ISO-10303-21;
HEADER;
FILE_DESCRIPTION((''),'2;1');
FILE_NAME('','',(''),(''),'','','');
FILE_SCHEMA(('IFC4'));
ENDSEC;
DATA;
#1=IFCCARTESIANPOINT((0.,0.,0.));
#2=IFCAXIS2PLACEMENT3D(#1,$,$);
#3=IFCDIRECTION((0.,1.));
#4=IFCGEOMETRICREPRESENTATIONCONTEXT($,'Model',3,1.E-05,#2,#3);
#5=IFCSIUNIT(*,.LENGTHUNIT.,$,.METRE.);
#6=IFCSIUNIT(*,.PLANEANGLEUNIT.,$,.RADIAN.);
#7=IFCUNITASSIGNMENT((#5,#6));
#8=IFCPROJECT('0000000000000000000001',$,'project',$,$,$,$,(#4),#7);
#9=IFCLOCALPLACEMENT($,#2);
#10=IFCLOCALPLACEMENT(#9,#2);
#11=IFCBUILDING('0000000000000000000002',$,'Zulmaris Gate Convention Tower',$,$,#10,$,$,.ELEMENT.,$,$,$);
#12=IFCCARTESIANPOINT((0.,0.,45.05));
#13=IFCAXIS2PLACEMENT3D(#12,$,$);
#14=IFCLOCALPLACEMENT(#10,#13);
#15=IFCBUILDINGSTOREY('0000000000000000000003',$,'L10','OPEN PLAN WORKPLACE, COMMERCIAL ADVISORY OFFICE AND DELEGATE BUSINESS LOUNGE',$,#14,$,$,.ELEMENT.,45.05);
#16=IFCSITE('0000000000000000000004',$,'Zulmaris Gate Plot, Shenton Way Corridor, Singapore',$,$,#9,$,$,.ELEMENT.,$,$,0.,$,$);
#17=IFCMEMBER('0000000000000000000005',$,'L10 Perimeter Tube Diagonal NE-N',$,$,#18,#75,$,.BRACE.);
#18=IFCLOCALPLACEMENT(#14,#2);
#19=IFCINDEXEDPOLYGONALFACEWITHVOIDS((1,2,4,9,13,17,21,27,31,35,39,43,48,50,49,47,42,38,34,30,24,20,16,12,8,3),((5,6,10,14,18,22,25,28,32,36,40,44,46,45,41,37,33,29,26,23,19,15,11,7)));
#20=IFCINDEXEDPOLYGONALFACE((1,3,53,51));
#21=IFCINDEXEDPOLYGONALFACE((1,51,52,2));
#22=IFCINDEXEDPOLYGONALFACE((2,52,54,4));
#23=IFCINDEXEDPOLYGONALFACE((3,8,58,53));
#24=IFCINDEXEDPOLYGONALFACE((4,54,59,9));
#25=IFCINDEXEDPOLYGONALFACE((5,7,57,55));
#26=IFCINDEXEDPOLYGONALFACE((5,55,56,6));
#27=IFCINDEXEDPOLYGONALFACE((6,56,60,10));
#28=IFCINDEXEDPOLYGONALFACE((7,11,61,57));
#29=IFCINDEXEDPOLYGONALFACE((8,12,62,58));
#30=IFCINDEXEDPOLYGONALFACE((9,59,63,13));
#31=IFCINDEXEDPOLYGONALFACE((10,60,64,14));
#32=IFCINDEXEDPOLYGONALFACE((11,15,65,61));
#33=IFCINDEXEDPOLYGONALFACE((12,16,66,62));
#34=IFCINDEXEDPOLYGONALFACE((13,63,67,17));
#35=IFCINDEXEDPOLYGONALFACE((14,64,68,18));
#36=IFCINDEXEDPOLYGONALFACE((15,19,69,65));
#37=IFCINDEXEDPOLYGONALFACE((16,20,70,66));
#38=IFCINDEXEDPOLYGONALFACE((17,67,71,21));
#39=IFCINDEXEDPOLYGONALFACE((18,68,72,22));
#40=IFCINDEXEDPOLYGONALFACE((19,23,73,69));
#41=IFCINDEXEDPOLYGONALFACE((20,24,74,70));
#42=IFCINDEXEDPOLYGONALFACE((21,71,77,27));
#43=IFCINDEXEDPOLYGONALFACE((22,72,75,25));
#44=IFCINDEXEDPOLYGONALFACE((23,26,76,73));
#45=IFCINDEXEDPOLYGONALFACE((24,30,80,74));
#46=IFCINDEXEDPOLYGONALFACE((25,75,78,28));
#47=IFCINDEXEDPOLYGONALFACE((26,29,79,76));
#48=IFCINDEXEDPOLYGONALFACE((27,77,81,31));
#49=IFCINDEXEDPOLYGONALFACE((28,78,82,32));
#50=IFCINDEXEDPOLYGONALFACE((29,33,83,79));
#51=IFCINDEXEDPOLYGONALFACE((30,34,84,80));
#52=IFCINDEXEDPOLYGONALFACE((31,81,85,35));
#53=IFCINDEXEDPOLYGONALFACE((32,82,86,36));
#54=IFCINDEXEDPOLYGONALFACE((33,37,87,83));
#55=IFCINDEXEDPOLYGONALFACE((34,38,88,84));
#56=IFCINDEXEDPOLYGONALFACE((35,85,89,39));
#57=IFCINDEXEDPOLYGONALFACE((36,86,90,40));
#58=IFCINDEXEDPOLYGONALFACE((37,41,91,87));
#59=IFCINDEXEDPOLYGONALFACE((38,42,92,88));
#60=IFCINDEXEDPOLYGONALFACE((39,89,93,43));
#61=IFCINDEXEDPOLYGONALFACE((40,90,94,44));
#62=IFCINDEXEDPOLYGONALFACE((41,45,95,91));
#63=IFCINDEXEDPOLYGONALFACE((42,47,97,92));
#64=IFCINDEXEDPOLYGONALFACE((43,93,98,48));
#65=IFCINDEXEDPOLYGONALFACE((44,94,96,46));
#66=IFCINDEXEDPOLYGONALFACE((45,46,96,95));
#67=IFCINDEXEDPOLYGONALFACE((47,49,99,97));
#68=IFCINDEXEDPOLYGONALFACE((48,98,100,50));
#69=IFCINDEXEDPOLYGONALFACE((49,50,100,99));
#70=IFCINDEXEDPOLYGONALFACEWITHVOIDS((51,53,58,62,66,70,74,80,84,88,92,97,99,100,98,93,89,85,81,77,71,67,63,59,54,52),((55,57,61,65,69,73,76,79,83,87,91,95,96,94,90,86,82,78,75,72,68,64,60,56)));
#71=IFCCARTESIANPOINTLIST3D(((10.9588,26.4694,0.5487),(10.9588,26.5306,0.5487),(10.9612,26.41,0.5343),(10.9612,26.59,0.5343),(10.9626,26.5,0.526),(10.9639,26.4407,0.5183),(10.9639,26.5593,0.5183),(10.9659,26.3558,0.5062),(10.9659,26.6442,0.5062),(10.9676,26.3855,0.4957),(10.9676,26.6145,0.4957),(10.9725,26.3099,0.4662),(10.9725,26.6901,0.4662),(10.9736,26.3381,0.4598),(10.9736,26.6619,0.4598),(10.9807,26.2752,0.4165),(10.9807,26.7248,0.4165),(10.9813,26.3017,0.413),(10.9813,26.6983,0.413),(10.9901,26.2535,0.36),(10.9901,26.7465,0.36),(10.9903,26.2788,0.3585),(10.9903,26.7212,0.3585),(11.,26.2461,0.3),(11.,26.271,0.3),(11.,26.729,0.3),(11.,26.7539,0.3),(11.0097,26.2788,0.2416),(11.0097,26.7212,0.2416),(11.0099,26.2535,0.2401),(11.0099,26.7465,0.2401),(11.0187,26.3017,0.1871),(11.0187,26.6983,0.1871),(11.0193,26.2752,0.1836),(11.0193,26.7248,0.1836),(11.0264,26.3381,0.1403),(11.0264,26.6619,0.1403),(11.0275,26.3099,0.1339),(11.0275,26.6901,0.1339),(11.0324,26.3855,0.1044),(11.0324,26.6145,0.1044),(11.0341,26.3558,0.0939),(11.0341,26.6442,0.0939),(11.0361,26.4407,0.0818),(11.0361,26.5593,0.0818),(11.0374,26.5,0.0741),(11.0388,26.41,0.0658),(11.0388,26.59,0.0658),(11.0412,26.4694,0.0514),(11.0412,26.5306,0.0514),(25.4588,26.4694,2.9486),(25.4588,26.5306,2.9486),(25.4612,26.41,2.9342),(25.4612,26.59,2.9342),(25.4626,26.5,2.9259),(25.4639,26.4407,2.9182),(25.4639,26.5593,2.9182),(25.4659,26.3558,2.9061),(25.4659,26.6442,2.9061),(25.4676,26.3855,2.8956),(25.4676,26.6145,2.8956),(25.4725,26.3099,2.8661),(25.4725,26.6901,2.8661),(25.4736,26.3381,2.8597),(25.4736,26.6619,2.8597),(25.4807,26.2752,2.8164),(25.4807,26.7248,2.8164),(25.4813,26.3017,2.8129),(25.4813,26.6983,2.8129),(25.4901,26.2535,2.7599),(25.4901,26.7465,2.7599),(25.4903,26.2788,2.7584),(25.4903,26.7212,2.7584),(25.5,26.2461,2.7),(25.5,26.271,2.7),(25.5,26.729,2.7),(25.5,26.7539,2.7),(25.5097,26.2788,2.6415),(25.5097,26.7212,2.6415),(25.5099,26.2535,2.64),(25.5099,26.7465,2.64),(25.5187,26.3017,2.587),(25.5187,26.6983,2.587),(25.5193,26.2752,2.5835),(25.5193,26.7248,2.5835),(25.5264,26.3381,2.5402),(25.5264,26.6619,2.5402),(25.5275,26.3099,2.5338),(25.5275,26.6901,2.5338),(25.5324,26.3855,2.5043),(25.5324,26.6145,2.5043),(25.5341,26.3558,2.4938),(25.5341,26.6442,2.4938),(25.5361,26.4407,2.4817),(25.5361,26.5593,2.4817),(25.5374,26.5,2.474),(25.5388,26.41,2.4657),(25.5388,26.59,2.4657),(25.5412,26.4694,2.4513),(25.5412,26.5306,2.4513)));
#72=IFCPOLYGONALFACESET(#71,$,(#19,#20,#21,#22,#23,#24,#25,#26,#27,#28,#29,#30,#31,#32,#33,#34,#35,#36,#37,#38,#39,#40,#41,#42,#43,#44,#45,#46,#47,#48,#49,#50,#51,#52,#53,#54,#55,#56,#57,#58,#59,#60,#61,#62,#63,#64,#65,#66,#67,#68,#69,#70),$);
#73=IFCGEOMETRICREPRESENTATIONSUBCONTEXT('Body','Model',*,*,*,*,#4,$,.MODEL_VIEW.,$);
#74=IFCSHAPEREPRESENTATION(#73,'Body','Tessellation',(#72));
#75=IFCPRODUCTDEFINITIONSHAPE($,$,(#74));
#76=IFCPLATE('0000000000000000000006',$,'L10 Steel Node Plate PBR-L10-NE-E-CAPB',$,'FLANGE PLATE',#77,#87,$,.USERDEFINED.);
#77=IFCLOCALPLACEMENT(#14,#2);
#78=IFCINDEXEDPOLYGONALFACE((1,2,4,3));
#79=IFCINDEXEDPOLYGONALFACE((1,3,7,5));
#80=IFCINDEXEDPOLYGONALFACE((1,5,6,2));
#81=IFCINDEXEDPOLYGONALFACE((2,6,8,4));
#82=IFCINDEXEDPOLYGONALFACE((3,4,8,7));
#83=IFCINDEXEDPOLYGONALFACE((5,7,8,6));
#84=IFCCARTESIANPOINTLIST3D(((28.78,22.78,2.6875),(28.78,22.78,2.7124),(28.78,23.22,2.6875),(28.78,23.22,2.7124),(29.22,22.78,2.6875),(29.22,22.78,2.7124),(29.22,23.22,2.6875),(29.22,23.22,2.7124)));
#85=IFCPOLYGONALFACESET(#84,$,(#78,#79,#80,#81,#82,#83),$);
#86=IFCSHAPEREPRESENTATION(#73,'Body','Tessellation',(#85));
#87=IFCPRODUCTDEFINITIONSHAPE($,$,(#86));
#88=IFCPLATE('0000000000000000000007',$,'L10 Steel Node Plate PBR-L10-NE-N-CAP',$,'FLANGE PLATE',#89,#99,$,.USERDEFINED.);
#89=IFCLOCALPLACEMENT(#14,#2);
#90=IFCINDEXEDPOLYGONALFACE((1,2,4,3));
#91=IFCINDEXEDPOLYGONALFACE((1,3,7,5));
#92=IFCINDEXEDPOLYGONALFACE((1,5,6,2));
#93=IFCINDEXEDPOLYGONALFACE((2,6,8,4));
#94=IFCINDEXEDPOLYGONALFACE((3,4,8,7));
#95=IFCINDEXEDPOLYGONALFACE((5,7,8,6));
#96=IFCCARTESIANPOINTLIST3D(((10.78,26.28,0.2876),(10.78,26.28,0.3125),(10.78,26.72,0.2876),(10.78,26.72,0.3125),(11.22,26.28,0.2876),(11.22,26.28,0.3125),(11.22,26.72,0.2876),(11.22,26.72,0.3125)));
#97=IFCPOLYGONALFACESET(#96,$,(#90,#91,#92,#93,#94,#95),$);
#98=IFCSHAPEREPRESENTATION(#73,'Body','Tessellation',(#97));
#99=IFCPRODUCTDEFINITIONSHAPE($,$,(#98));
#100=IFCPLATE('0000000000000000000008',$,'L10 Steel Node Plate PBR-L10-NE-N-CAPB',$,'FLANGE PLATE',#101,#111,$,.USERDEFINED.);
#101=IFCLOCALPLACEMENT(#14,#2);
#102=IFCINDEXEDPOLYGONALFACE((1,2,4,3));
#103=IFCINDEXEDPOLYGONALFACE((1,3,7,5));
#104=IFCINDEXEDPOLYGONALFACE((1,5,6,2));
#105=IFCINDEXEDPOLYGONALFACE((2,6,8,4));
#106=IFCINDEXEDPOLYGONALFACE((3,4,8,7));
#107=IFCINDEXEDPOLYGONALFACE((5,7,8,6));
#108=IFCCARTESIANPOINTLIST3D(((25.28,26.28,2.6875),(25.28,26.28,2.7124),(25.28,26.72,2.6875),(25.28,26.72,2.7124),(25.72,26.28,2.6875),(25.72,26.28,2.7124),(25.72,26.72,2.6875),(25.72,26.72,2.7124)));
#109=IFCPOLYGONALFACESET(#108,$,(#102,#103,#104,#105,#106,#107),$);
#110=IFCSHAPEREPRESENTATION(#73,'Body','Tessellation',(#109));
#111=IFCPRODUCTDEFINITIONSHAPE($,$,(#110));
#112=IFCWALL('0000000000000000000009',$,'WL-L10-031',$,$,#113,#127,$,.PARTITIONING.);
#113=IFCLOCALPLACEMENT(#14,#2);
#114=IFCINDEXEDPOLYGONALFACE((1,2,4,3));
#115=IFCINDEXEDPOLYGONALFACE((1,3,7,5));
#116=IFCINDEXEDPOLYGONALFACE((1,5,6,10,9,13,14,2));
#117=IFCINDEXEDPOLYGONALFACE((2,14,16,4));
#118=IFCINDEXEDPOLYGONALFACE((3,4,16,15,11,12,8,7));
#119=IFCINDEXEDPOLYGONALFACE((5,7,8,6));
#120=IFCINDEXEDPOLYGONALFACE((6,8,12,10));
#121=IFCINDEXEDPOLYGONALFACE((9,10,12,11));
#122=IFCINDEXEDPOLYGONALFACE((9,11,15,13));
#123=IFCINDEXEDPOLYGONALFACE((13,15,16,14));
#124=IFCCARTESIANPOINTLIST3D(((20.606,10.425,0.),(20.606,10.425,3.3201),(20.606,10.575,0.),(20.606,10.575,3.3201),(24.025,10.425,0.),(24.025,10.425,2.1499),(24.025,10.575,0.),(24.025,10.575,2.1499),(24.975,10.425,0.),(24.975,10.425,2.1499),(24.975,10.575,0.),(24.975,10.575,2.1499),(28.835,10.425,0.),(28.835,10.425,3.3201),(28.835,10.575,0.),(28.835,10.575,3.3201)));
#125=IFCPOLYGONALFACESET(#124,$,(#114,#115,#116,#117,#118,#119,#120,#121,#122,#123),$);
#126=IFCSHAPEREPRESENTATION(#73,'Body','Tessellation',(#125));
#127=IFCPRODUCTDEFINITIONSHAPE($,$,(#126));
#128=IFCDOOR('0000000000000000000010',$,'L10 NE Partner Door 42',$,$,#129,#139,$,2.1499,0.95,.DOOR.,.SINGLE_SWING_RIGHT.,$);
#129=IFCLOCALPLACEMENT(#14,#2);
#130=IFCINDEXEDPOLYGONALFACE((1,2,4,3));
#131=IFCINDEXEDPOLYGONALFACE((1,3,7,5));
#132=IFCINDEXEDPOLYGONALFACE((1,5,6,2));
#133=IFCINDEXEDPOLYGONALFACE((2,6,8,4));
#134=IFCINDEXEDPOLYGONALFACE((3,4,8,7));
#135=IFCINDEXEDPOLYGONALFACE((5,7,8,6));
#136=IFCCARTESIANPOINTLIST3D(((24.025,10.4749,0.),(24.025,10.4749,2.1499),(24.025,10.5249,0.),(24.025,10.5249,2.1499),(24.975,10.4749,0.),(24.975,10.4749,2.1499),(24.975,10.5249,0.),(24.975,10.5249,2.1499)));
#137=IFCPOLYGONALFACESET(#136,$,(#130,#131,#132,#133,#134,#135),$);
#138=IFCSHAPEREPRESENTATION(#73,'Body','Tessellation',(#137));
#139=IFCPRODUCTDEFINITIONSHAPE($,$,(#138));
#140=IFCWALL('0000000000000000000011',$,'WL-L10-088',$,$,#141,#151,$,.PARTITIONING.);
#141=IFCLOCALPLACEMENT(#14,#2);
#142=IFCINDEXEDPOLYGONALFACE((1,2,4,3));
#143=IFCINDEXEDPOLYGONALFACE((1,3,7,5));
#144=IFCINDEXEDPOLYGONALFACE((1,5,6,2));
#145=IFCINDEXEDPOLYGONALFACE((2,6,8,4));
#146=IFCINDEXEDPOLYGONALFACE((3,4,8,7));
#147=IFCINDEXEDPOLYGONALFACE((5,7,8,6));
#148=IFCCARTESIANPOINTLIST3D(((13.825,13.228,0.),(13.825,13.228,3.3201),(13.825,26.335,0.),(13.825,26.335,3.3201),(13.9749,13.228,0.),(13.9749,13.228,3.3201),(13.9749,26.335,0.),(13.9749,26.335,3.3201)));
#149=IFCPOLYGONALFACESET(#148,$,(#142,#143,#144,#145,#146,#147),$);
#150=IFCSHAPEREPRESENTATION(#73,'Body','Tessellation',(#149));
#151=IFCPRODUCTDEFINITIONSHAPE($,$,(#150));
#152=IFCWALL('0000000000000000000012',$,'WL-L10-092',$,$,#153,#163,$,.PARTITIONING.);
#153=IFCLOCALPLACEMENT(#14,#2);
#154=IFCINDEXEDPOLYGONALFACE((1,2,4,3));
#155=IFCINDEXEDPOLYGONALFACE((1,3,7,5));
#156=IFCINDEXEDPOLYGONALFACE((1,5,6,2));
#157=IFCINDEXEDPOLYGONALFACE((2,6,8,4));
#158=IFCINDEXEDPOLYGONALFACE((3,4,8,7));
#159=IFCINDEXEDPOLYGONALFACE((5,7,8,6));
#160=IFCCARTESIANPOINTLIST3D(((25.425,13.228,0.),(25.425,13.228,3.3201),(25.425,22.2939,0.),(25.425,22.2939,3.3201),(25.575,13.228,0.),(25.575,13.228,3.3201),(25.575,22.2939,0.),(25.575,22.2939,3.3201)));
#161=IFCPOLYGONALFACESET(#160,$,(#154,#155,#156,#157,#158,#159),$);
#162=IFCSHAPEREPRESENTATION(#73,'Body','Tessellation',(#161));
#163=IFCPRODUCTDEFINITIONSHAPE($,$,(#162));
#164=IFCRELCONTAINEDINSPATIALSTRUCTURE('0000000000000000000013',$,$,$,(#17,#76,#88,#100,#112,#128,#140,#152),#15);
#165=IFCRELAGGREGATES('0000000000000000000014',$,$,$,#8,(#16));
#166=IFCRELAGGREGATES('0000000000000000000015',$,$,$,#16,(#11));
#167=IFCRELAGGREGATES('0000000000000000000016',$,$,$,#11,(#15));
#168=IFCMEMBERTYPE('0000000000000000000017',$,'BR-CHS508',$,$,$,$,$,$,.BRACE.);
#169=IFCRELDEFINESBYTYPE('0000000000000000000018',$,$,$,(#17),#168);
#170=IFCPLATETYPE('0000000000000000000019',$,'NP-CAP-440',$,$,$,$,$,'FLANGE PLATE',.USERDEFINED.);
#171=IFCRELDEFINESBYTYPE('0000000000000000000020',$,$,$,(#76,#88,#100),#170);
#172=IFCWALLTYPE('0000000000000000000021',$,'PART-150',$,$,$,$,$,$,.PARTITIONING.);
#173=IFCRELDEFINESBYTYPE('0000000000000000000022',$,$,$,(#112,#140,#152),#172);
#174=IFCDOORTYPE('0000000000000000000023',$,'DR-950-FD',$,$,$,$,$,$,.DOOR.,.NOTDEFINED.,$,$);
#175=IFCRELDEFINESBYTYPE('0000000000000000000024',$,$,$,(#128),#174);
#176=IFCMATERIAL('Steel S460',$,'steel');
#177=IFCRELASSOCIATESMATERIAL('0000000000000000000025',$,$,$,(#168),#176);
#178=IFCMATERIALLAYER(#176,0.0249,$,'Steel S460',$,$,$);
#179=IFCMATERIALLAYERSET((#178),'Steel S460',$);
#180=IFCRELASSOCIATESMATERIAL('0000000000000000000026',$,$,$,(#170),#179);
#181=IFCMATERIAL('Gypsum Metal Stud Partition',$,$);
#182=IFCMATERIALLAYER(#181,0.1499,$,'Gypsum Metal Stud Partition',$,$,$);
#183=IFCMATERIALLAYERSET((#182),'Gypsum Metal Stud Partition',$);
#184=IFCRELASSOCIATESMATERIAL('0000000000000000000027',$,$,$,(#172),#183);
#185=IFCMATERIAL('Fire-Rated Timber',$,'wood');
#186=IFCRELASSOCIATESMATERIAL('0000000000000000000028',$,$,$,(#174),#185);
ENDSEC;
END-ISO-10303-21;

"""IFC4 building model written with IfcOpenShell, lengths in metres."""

from ifc_helpers import new_model, si_unit, direction, frame, frame_2d, origin, origin_2d, place, context, subcontext, project, spatial, rectangle, hollow_circle, extrude, material, layer, layer_set, material_profile, profile_set, type_object, element, fill, save


model = new_model("IFC4")

# Units and contexts
model_context = context("Model", 3, precision=1e-05, world=origin(), true_north=direction((0.0, 1.0)))
body_context = subcontext(model_context, "Body", "Model", "MODEL_VIEW")
ifc_project = project(units=[si_unit("LENGTHUNIT", "METRE"), si_unit("PLANEANGLEUNIT", "RADIAN")], contexts=[model_context])

# Site, building, storey
site_placement = place(None, origin())
site = spatial("IfcSite", under=ifc_project, at=site_placement, Name="Zulmaris Gate Plot, Shenton Way Corridor, Singapore", CompositionType="ELEMENT", RefElevation=0.0)
building_placement = place(site_placement, origin())
building = spatial("IfcBuilding", under=site, at=building_placement, Name="Zulmaris Gate Convention Tower", CompositionType="ELEMENT")
storey_placement = place(building_placement, frame((0.0, 0.0, 45.05)))
storey = spatial("IfcBuildingStorey", under=building, at=storey_placement, Name="L10", Description="OPEN PLAN WORKPLACE, COMMERCIAL ADVISORY OFFICE AND DELEGATE BUSINESS LOUNGE", CompositionType="ELEMENT", Elevation=45.05)

# Member
ifc_material_1 = material(Name="Steel S460", Category="steel")
ifc_material_profile_1 = material_profile(ifc_material_1, hollow_circle(Radius=0.2539, WallThickness=0.0249, at=origin_2d()), Name="CHS 508x25")
ifc_profile_set_1 = profile_set([ifc_material_profile_1], Name="Steel S460")
member_type = type_object("IfcMemberType", Name="BR-CHS508", PredefinedType="BRACE", material=ifc_profile_set_1)
member_placement = place(storey_placement, frame((11.0, 26.5, 0.3), z_axis=(0.986578, 0.0, 0.163289), x_axis=(0.0, 1.0, 0.0)))
element("IfcMember", 1, at=member_placement, inside=storey, type_object=member_type, Name="L10 Perimeter Tube Diagonal NE-N", PredefinedType="BRACE", context=body_context, shape_type="SweptSolid", body=[
    extrude(hollow_circle(Radius=0.2539, WallThickness=0.0249, at=origin_2d()), origin(), (0.0, 0.0, 1.0), 14.6973),
])

# Plates
ifc_layer_1 = layer(ifc_material_1, 0.0249, Name="Steel S460")
ifc_layer_set_1 = layer_set([ifc_layer_1], Name="Steel S460")
plate_type = type_object("IfcPlateType", Name="NP-CAP-440", ElementType="FLANGE PLATE", PredefinedType="USERDEFINED", material=ifc_layer_set_1)
for number, where, z_axis, x_axis, name in (
    (2, (29.0, 23.0, 2.6875), (0.0, 0.0, 1.0), (1.0, 0.0, 0.0), "L10 Steel Node Plate PBR-L10-NE-E-CAPB"),
    (3, (11.0, 26.5, 0.2876), (0.0, 0.0, 1.0), (1.0, 0.0, 0.0), "L10 Steel Node Plate PBR-L10-NE-N-CAP"),
    (4, (25.5, 26.5, 2.6875), (0.0, 0.0, 1.0), (1.0, 0.0, 0.0), "L10 Steel Node Plate PBR-L10-NE-N-CAPB"),
):
    element("IfcPlate", number, at=place(storey_placement, frame(where, z_axis=z_axis, x_axis=x_axis)), inside=storey, type_object=plate_type, Name=name, ObjectType="FLANGE PLATE", PredefinedType="USERDEFINED", context=body_context, shape_type="SweptSolid", body=[
        extrude(rectangle(XDim=0.4399, YDim=0.4399, at=origin_2d()), origin(), (0.0, 0.0, 1.0), 0.0249),
    ])

# Wall, opening, door
ifc_material_2 = material(Name="Gypsum Metal Stud Partition")
ifc_layer_2 = layer(ifc_material_2, 0.1499, Name="Gypsum Metal Stud Partition")
ifc_layer_set_2 = layer_set([ifc_layer_2], Name="Gypsum Metal Stud Partition")
wall_type_1 = type_object("IfcWallType", Name="PART-150", PredefinedType="PARTITIONING", material=ifc_layer_set_2)
wall_1_placement = place(storey_placement, frame((20.606, 10.5, 0.0), z_axis=(0.0, 0.0, 1.0), x_axis=(1.0, 0.0, 0.0)))
wall_1 = element("IfcWall", 5, at=wall_1_placement, inside=storey, type_object=wall_type_1, Name="WL-L10-031", PredefinedType="PARTITIONING", context=body_context, shape_type="SweptSolid", body=[
    extrude(rectangle(XDim=8.229, YDim=0.1499, at=frame_2d((4.1145, 0.0))), origin(), (0.0, 0.0, 1.0), 3.3201),
])
opening_1_placement = place(wall_1_placement, frame((3.4189, 0.0, 0.0)))
opening_1 = element("IfcOpeningElement", 6, at=opening_1_placement, cuts=wall_1, PredefinedType="OPENING", context=body_context, shape_type="SweptSolid", body=[
    extrude(rectangle(XDim=0.95, YDim=2.1499, at=frame_2d((0.4751, 1.075))), frame((0.0, 0.085, 0.0), z_axis=(0.0, -1.0, 0.0), x_axis=(1.0, 0.0, 0.0)), (0.0, 0.0, 1.0), 0.1699),
])
ifc_material_3 = material(Name="Fire-Rated Timber", Category="wood")
door_type_1 = type_object("IfcDoorType", Name="DR-950-FD", OperationType="NOTDEFINED", PredefinedType="DOOR", material=ifc_material_3)
door_1_placement = place(opening_1_placement, origin())
door_1 = element("IfcDoor", 7, at=door_1_placement, inside=storey, type_object=door_type_1, Name="L10 NE Partner Door 42", OperationType="SINGLE_SWING_RIGHT", OverallHeight=2.1499, OverallWidth=0.95, PredefinedType="DOOR", context=body_context, shape_type="SweptSolid", body=[
    extrude(rectangle(XDim=0.95, YDim=2.1499, at=frame_2d((0.4751, 1.075))), frame((0.0, 0.0249, 0.0), z_axis=(0.0, -1.0, 0.0), x_axis=(1.0, 0.0, 0.0)), (0.0, 0.0, 1.0), 0.05),
])
fill(opening_1, door_1)

# Wall
wall_2_placement = place(storey_placement, frame((13.8999, 13.228, 0.0), z_axis=(0.0, 0.0, 1.0), x_axis=(0.0, 1.0, 0.0)))
element("IfcWall", 8, at=wall_2_placement, inside=storey, type_object=wall_type_1, Name="WL-L10-088", PredefinedType="PARTITIONING", context=body_context, shape_type="SweptSolid", body=[
    extrude(rectangle(XDim=13.1069, YDim=0.1499, at=frame_2d((6.5535, 0.0))), origin(), (0.0, 0.0, 1.0), 3.3201),
])

# Wall
wall_3_placement = place(storey_placement, frame((25.5, 13.228, 0.0), z_axis=(0.0, 0.0, 1.0), x_axis=(0.0, 1.0, 0.0)))
element("IfcWall", 9, at=wall_3_placement, inside=storey, type_object=wall_type_1, Name="WL-L10-092", PredefinedType="PARTITIONING", context=body_context, shape_type="SweptSolid", body=[
    extrude(rectangle(XDim=9.0659, YDim=0.1499, at=frame_2d((4.533, 0.0))), origin(), (0.0, 0.0, 1.0), 3.3201),
])

save(model, "model.ifc")
